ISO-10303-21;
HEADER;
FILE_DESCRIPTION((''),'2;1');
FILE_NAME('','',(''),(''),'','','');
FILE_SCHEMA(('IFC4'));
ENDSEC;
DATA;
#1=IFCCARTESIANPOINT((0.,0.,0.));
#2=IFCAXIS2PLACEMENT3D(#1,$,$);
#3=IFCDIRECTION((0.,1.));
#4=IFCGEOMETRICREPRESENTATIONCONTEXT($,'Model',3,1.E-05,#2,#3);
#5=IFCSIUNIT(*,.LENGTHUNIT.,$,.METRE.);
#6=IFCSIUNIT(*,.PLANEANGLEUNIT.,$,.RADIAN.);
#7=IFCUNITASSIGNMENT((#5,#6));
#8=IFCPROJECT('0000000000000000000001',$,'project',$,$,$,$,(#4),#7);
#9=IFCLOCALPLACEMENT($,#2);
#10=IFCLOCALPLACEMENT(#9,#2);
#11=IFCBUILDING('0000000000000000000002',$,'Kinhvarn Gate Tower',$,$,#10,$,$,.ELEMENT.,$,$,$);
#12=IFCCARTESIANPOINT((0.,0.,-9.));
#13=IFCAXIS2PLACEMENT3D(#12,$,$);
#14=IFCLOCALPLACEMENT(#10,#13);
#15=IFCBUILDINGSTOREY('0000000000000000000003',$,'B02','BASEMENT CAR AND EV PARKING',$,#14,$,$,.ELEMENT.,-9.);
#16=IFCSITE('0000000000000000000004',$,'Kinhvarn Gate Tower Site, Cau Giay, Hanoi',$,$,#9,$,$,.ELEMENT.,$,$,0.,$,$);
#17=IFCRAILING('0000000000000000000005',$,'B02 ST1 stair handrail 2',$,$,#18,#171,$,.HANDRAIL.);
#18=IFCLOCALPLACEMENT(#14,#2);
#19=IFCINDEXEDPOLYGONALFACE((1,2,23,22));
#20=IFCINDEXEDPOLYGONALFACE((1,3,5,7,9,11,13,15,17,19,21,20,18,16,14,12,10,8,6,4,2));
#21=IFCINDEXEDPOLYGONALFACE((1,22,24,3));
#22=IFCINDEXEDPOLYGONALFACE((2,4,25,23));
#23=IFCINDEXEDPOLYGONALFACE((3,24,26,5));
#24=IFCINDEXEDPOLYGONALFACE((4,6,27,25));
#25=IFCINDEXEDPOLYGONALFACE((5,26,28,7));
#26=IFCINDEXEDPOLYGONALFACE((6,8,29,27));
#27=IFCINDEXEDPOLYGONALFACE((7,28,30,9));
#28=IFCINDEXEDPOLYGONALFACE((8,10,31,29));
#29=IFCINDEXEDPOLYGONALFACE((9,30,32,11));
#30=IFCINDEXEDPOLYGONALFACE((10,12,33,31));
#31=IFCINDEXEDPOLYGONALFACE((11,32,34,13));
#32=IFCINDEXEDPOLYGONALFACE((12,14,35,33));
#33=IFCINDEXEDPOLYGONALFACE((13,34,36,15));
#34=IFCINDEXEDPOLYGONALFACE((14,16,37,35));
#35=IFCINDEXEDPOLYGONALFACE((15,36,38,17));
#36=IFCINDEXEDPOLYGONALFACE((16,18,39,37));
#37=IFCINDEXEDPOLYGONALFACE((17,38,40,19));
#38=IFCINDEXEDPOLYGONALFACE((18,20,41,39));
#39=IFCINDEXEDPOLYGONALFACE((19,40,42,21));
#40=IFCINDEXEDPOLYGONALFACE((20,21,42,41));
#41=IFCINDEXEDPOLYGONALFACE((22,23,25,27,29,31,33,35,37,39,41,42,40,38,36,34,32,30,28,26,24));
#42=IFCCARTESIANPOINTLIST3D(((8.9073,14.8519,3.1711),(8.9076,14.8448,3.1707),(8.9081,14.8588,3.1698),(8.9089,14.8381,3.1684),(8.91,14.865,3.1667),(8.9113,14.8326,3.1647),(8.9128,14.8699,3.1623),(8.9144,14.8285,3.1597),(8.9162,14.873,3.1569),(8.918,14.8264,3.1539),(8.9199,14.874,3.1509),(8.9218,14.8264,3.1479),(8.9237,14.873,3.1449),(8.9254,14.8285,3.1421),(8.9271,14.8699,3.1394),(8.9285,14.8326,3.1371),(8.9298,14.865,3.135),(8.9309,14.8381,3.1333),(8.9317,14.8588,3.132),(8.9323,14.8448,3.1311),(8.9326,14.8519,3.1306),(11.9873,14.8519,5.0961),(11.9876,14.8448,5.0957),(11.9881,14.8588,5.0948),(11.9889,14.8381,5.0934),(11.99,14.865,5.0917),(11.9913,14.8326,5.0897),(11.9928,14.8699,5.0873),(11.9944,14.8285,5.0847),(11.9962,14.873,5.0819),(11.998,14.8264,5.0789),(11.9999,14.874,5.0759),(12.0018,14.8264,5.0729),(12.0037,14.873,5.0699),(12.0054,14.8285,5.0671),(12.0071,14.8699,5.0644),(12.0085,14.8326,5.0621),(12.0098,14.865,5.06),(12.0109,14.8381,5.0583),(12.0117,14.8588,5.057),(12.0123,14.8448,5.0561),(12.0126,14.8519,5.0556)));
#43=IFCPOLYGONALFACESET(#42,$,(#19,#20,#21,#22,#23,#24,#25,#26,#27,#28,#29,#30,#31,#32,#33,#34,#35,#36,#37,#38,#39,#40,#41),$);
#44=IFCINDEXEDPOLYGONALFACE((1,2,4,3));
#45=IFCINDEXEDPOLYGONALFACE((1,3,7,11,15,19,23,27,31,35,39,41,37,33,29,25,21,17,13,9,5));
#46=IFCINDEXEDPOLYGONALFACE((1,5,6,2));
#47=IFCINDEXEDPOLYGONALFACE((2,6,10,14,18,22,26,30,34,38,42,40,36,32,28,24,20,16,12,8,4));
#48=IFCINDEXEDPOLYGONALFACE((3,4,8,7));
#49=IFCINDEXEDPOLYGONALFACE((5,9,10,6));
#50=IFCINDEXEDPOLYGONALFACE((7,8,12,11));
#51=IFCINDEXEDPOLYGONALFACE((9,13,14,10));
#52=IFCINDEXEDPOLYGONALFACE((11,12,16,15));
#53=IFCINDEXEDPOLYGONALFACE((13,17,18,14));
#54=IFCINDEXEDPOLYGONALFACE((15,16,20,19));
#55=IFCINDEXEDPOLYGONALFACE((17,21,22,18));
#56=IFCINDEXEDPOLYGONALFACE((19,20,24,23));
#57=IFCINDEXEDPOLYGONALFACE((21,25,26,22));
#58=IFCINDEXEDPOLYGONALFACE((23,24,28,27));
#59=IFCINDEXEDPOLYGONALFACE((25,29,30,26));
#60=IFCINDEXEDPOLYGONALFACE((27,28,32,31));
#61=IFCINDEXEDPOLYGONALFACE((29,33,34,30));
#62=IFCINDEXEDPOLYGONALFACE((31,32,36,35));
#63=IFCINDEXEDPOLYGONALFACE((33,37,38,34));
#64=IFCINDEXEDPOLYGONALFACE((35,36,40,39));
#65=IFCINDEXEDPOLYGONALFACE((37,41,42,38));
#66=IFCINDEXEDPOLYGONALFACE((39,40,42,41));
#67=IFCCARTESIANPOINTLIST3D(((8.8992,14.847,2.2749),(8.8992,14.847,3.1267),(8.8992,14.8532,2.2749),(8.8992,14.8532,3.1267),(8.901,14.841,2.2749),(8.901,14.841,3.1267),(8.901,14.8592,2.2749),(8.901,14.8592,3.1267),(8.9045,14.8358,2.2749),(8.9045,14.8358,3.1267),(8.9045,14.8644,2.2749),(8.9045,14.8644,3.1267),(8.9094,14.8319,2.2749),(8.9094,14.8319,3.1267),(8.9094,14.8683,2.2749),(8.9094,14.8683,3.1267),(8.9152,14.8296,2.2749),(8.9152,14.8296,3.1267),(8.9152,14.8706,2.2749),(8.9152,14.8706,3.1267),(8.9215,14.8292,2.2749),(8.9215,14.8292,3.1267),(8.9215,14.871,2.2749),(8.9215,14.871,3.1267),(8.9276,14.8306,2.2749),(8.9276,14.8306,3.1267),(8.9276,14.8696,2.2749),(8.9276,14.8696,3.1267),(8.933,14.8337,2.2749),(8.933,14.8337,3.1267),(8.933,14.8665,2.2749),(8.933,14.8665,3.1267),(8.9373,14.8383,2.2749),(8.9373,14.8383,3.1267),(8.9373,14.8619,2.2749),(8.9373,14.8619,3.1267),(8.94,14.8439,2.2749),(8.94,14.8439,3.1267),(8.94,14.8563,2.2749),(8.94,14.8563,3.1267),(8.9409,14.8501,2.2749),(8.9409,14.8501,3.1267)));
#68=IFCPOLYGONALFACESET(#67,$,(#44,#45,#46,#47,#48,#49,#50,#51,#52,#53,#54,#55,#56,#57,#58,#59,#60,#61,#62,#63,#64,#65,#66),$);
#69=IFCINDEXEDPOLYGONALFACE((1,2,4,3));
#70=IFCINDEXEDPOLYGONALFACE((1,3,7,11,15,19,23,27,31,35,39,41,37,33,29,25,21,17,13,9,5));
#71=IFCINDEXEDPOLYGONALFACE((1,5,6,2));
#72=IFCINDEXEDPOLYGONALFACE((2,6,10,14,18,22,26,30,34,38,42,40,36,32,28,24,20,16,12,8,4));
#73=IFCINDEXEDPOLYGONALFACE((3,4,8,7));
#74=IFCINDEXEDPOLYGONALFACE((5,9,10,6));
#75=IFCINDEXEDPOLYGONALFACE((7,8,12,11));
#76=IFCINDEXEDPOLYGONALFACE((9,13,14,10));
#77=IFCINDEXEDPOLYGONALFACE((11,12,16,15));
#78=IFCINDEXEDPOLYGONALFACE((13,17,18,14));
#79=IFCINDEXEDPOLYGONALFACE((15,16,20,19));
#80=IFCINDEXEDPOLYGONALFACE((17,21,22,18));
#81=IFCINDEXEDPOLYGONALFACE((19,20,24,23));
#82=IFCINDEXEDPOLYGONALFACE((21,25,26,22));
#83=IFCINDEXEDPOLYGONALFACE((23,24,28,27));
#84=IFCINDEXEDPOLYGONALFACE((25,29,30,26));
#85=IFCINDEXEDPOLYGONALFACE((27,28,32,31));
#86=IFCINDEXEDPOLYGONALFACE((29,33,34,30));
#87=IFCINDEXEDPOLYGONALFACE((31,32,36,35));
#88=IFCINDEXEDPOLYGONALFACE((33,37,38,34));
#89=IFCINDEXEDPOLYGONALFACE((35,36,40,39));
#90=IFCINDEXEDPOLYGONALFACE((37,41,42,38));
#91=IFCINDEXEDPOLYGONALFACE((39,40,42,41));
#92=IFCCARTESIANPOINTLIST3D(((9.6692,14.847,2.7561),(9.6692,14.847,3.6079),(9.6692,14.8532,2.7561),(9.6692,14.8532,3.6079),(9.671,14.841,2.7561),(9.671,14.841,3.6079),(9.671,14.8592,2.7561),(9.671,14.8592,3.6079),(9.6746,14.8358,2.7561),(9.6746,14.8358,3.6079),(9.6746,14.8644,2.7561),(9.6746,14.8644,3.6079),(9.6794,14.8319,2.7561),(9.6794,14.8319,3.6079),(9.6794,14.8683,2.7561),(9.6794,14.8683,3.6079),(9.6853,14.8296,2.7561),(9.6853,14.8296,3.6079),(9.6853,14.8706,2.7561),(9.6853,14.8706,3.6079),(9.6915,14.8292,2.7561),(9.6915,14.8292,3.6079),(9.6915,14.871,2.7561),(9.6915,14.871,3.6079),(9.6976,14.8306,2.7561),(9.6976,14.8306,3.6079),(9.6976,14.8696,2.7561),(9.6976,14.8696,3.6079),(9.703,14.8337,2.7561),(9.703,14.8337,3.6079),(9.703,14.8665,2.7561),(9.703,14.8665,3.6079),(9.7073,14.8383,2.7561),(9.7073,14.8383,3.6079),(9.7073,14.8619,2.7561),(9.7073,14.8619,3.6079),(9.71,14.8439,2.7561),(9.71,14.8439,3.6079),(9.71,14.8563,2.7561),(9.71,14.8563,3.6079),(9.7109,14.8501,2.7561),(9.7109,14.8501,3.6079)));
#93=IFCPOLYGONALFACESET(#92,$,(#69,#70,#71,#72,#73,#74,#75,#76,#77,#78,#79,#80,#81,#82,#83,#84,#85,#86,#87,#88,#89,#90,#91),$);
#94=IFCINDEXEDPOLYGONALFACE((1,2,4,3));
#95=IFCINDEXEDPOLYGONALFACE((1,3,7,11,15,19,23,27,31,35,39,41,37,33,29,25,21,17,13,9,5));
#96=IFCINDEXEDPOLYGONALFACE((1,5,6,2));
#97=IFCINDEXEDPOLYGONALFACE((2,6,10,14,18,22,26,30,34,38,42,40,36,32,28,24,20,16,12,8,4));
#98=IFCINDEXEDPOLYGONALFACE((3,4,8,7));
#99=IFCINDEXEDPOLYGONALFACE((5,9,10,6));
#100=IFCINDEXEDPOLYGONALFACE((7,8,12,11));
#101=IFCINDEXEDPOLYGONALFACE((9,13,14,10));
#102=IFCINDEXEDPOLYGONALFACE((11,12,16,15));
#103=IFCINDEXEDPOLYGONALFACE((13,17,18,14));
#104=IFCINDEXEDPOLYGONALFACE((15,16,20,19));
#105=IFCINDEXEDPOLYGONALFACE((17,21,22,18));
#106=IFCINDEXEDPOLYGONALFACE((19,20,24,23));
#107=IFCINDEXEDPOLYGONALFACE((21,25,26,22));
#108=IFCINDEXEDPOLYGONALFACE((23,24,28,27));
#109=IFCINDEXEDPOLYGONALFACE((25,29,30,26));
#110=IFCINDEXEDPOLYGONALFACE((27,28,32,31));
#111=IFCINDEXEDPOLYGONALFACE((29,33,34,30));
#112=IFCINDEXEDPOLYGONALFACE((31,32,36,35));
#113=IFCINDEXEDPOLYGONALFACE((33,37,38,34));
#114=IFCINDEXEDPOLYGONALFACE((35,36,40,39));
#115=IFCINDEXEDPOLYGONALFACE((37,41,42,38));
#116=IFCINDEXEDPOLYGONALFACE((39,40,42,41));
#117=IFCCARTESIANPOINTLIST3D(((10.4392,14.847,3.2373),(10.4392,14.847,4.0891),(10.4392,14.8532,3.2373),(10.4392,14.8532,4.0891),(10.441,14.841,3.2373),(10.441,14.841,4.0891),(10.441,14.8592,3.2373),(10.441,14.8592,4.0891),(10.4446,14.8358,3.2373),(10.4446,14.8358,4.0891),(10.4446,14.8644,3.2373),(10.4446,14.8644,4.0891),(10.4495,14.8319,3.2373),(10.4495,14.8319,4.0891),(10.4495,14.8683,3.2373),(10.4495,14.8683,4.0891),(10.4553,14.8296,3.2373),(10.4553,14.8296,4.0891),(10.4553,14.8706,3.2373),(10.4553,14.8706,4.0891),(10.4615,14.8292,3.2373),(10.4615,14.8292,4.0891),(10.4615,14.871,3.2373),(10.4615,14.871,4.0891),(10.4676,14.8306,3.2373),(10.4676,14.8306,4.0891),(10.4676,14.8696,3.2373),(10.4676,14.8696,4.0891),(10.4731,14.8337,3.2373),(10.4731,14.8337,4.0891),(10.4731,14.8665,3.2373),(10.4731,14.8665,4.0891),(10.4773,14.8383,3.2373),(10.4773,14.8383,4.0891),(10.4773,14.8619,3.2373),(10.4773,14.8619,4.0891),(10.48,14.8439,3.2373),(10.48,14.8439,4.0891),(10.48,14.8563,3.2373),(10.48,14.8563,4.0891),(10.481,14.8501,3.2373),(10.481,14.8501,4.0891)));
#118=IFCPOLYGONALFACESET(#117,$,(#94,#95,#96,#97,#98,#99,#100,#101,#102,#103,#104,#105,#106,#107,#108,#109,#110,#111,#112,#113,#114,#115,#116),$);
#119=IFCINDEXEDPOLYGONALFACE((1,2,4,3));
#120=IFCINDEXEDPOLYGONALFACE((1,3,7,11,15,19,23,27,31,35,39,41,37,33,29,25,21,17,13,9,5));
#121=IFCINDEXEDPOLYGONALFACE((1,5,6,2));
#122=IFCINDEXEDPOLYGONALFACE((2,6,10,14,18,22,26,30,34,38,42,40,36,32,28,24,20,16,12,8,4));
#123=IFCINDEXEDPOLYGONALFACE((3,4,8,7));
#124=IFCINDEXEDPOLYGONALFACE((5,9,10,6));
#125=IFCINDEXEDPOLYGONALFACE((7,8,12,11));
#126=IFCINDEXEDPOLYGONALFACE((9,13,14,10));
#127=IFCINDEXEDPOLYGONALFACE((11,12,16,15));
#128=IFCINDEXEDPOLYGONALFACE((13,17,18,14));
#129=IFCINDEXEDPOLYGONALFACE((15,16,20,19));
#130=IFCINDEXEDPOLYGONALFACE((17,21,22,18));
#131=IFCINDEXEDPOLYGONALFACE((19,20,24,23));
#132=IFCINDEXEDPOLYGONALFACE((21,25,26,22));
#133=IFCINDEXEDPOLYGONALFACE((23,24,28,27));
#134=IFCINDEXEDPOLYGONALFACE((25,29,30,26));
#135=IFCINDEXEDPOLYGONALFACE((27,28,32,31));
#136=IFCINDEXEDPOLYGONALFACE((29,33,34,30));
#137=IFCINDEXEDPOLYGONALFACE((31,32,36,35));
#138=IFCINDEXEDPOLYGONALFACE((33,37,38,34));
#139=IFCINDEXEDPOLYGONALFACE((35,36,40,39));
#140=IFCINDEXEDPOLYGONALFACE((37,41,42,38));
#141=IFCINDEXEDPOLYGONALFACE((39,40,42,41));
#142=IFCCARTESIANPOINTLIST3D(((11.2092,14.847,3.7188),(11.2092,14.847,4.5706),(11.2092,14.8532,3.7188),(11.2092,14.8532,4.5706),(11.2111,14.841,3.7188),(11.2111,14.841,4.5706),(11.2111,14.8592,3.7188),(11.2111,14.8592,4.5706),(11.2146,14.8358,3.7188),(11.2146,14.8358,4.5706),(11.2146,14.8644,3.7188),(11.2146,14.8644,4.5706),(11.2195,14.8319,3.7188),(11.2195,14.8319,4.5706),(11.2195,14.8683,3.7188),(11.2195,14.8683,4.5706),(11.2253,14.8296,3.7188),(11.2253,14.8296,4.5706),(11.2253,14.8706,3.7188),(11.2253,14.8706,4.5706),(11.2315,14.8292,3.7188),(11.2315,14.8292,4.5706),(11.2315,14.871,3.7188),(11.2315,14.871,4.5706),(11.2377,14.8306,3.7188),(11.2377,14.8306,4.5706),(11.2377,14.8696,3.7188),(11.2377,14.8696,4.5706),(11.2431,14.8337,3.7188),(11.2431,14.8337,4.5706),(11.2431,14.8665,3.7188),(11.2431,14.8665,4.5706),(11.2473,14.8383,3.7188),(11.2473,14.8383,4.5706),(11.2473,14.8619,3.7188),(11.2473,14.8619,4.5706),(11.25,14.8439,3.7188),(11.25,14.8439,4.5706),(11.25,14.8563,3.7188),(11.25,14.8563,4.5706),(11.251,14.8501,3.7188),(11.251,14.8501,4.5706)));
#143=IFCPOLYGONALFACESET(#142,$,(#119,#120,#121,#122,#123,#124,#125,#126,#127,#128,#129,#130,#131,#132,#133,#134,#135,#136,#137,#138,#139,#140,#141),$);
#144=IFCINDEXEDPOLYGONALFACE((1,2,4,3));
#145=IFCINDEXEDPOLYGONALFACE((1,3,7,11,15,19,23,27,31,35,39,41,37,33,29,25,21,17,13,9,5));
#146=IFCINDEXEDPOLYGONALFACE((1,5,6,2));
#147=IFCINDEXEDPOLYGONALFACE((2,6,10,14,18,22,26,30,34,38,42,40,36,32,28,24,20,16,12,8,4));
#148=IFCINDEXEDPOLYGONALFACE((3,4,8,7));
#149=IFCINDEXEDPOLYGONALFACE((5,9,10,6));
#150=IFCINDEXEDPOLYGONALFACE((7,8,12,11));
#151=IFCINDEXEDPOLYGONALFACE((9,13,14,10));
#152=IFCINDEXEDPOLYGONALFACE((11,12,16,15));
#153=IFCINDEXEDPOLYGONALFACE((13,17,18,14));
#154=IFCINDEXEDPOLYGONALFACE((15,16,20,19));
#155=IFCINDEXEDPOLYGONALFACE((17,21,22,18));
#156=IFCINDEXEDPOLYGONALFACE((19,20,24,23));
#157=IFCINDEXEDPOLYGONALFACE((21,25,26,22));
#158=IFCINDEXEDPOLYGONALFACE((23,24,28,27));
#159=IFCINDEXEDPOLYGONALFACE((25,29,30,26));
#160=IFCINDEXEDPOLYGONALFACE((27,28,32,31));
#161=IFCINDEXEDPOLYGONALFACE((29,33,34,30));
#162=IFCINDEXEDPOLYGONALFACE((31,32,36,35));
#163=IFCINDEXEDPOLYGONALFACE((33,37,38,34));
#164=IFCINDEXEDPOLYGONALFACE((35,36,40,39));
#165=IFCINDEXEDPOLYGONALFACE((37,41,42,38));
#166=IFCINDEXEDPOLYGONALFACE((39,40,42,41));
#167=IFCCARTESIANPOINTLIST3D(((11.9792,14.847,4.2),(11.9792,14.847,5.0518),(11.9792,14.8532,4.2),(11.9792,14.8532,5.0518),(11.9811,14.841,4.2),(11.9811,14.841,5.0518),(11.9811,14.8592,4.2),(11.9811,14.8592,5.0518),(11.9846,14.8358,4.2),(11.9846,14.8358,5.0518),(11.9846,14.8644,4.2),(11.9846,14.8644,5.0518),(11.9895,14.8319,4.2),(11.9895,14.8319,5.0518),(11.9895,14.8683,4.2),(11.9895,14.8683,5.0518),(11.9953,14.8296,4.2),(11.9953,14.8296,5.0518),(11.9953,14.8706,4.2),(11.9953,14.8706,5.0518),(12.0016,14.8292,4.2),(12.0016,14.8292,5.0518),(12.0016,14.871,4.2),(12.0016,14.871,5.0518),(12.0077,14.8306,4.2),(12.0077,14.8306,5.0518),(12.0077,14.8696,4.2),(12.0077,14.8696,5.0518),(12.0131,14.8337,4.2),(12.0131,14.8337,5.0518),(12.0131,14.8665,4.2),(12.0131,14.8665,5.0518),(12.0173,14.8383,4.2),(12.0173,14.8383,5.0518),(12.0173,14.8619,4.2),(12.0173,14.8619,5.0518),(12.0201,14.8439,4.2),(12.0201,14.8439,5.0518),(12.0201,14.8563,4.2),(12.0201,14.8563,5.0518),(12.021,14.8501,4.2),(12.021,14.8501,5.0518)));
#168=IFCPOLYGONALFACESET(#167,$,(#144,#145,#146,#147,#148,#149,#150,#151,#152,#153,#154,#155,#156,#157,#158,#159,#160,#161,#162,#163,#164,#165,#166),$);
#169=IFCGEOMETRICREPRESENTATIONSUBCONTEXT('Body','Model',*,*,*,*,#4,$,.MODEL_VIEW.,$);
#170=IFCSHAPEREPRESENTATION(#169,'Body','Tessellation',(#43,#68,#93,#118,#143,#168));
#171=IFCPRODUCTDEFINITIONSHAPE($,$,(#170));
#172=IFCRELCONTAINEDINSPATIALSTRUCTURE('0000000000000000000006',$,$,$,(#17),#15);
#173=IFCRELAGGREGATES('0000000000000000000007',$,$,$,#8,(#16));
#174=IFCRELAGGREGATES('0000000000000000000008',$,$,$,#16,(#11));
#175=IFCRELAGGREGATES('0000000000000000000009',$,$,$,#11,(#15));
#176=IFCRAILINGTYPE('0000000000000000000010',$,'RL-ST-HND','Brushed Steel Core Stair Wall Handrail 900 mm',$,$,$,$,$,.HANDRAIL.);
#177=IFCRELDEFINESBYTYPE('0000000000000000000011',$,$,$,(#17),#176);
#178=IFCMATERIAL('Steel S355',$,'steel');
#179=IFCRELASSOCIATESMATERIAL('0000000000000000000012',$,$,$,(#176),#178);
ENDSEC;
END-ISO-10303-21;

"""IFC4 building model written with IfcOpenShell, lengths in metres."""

from ifc_helpers import new_model, si_unit, direction, frame, origin, origin_2d, place, context, subcontext, project, spatial, circle, extrude, material, type_object, element, save


model = new_model("IFC4")

# Units and contexts
model_context = context("Model", 3, precision=1e-05, world=origin(), true_north=direction((0.0, 1.0)))
body_context = subcontext(model_context, "Body", "Model", "MODEL_VIEW")
ifc_project = project(units=[si_unit("LENGTHUNIT", "METRE"), si_unit("PLANEANGLEUNIT", "RADIAN")], contexts=[model_context])

# Site, building, storey
site_placement = place(None, origin())
site = spatial("IfcSite", under=ifc_project, at=site_placement, Name="Kinhvarn Gate Tower Site, Cau Giay, Hanoi", CompositionType="ELEMENT", RefElevation=0.0)
building_placement = place(site_placement, origin())
building = spatial("IfcBuilding", under=site, at=building_placement, Name="Kinhvarn Gate Tower", CompositionType="ELEMENT")
storey_placement = place(building_placement, frame((0.0, 0.0, -9.0)))
storey = spatial("IfcBuildingStorey", under=building, at=storey_placement, Name="B02", Description="BASEMENT CAR AND EV PARKING", CompositionType="ELEMENT", Elevation=-9.0)

# Shared definitions
ifc_material_1 = material(Name="Steel S355", Category="steel")

# Railing
railing_type_1 = type_object("IfcRailingType", Name="RL-ST-HND", Description="Brushed Steel Core Stair Wall Handrail 900 mm", PredefinedType="HANDRAIL", material=ifc_material_1)
railing_1_placement = place(storey_placement, frame((8.9199, 14.8501, 2.2749)))
element("IfcRailing", 1, at=railing_1_placement, inside=storey, type_object=railing_type_1, Name="B02 ST1 stair handrail 2", PredefinedType="HANDRAIL", context=body_context, shape_type="SweptSolid", body=[
    extrude(circle(Radius=0.0239, at=origin_2d()), frame((0.0, 0.0, 0.876), z_axis=(0.847998, 0.0, 0.529999), x_axis=(0.0, 1.0, 0.0)), (0.0, 0.0, 1.0), 3.6321),
    extrude(circle(Radius=0.021, at=origin_2d()), origin(), (0.0, 0.0, 1.0), 0.8518),
    extrude(circle(Radius=0.021, at=origin_2d()), frame((0.77, 0.0, 0.4812)), (0.0, 0.0, 1.0), 0.8518),
    extrude(circle(Radius=0.021, at=origin_2d()), frame((1.54, 0.0, 0.9624)), (0.0, 0.0, 1.0), 0.8518),
    extrude(circle(Radius=0.021, at=origin_2d()), frame((2.3101, 0.0, 1.4438)), (0.0, 0.0, 1.0), 0.8518),
    extrude(circle(Radius=0.021, at=origin_2d()), frame((3.0801, 0.0, 1.925)), (0.0, 0.0, 1.0), 0.8518),
])

save(model, "model.ifc")
